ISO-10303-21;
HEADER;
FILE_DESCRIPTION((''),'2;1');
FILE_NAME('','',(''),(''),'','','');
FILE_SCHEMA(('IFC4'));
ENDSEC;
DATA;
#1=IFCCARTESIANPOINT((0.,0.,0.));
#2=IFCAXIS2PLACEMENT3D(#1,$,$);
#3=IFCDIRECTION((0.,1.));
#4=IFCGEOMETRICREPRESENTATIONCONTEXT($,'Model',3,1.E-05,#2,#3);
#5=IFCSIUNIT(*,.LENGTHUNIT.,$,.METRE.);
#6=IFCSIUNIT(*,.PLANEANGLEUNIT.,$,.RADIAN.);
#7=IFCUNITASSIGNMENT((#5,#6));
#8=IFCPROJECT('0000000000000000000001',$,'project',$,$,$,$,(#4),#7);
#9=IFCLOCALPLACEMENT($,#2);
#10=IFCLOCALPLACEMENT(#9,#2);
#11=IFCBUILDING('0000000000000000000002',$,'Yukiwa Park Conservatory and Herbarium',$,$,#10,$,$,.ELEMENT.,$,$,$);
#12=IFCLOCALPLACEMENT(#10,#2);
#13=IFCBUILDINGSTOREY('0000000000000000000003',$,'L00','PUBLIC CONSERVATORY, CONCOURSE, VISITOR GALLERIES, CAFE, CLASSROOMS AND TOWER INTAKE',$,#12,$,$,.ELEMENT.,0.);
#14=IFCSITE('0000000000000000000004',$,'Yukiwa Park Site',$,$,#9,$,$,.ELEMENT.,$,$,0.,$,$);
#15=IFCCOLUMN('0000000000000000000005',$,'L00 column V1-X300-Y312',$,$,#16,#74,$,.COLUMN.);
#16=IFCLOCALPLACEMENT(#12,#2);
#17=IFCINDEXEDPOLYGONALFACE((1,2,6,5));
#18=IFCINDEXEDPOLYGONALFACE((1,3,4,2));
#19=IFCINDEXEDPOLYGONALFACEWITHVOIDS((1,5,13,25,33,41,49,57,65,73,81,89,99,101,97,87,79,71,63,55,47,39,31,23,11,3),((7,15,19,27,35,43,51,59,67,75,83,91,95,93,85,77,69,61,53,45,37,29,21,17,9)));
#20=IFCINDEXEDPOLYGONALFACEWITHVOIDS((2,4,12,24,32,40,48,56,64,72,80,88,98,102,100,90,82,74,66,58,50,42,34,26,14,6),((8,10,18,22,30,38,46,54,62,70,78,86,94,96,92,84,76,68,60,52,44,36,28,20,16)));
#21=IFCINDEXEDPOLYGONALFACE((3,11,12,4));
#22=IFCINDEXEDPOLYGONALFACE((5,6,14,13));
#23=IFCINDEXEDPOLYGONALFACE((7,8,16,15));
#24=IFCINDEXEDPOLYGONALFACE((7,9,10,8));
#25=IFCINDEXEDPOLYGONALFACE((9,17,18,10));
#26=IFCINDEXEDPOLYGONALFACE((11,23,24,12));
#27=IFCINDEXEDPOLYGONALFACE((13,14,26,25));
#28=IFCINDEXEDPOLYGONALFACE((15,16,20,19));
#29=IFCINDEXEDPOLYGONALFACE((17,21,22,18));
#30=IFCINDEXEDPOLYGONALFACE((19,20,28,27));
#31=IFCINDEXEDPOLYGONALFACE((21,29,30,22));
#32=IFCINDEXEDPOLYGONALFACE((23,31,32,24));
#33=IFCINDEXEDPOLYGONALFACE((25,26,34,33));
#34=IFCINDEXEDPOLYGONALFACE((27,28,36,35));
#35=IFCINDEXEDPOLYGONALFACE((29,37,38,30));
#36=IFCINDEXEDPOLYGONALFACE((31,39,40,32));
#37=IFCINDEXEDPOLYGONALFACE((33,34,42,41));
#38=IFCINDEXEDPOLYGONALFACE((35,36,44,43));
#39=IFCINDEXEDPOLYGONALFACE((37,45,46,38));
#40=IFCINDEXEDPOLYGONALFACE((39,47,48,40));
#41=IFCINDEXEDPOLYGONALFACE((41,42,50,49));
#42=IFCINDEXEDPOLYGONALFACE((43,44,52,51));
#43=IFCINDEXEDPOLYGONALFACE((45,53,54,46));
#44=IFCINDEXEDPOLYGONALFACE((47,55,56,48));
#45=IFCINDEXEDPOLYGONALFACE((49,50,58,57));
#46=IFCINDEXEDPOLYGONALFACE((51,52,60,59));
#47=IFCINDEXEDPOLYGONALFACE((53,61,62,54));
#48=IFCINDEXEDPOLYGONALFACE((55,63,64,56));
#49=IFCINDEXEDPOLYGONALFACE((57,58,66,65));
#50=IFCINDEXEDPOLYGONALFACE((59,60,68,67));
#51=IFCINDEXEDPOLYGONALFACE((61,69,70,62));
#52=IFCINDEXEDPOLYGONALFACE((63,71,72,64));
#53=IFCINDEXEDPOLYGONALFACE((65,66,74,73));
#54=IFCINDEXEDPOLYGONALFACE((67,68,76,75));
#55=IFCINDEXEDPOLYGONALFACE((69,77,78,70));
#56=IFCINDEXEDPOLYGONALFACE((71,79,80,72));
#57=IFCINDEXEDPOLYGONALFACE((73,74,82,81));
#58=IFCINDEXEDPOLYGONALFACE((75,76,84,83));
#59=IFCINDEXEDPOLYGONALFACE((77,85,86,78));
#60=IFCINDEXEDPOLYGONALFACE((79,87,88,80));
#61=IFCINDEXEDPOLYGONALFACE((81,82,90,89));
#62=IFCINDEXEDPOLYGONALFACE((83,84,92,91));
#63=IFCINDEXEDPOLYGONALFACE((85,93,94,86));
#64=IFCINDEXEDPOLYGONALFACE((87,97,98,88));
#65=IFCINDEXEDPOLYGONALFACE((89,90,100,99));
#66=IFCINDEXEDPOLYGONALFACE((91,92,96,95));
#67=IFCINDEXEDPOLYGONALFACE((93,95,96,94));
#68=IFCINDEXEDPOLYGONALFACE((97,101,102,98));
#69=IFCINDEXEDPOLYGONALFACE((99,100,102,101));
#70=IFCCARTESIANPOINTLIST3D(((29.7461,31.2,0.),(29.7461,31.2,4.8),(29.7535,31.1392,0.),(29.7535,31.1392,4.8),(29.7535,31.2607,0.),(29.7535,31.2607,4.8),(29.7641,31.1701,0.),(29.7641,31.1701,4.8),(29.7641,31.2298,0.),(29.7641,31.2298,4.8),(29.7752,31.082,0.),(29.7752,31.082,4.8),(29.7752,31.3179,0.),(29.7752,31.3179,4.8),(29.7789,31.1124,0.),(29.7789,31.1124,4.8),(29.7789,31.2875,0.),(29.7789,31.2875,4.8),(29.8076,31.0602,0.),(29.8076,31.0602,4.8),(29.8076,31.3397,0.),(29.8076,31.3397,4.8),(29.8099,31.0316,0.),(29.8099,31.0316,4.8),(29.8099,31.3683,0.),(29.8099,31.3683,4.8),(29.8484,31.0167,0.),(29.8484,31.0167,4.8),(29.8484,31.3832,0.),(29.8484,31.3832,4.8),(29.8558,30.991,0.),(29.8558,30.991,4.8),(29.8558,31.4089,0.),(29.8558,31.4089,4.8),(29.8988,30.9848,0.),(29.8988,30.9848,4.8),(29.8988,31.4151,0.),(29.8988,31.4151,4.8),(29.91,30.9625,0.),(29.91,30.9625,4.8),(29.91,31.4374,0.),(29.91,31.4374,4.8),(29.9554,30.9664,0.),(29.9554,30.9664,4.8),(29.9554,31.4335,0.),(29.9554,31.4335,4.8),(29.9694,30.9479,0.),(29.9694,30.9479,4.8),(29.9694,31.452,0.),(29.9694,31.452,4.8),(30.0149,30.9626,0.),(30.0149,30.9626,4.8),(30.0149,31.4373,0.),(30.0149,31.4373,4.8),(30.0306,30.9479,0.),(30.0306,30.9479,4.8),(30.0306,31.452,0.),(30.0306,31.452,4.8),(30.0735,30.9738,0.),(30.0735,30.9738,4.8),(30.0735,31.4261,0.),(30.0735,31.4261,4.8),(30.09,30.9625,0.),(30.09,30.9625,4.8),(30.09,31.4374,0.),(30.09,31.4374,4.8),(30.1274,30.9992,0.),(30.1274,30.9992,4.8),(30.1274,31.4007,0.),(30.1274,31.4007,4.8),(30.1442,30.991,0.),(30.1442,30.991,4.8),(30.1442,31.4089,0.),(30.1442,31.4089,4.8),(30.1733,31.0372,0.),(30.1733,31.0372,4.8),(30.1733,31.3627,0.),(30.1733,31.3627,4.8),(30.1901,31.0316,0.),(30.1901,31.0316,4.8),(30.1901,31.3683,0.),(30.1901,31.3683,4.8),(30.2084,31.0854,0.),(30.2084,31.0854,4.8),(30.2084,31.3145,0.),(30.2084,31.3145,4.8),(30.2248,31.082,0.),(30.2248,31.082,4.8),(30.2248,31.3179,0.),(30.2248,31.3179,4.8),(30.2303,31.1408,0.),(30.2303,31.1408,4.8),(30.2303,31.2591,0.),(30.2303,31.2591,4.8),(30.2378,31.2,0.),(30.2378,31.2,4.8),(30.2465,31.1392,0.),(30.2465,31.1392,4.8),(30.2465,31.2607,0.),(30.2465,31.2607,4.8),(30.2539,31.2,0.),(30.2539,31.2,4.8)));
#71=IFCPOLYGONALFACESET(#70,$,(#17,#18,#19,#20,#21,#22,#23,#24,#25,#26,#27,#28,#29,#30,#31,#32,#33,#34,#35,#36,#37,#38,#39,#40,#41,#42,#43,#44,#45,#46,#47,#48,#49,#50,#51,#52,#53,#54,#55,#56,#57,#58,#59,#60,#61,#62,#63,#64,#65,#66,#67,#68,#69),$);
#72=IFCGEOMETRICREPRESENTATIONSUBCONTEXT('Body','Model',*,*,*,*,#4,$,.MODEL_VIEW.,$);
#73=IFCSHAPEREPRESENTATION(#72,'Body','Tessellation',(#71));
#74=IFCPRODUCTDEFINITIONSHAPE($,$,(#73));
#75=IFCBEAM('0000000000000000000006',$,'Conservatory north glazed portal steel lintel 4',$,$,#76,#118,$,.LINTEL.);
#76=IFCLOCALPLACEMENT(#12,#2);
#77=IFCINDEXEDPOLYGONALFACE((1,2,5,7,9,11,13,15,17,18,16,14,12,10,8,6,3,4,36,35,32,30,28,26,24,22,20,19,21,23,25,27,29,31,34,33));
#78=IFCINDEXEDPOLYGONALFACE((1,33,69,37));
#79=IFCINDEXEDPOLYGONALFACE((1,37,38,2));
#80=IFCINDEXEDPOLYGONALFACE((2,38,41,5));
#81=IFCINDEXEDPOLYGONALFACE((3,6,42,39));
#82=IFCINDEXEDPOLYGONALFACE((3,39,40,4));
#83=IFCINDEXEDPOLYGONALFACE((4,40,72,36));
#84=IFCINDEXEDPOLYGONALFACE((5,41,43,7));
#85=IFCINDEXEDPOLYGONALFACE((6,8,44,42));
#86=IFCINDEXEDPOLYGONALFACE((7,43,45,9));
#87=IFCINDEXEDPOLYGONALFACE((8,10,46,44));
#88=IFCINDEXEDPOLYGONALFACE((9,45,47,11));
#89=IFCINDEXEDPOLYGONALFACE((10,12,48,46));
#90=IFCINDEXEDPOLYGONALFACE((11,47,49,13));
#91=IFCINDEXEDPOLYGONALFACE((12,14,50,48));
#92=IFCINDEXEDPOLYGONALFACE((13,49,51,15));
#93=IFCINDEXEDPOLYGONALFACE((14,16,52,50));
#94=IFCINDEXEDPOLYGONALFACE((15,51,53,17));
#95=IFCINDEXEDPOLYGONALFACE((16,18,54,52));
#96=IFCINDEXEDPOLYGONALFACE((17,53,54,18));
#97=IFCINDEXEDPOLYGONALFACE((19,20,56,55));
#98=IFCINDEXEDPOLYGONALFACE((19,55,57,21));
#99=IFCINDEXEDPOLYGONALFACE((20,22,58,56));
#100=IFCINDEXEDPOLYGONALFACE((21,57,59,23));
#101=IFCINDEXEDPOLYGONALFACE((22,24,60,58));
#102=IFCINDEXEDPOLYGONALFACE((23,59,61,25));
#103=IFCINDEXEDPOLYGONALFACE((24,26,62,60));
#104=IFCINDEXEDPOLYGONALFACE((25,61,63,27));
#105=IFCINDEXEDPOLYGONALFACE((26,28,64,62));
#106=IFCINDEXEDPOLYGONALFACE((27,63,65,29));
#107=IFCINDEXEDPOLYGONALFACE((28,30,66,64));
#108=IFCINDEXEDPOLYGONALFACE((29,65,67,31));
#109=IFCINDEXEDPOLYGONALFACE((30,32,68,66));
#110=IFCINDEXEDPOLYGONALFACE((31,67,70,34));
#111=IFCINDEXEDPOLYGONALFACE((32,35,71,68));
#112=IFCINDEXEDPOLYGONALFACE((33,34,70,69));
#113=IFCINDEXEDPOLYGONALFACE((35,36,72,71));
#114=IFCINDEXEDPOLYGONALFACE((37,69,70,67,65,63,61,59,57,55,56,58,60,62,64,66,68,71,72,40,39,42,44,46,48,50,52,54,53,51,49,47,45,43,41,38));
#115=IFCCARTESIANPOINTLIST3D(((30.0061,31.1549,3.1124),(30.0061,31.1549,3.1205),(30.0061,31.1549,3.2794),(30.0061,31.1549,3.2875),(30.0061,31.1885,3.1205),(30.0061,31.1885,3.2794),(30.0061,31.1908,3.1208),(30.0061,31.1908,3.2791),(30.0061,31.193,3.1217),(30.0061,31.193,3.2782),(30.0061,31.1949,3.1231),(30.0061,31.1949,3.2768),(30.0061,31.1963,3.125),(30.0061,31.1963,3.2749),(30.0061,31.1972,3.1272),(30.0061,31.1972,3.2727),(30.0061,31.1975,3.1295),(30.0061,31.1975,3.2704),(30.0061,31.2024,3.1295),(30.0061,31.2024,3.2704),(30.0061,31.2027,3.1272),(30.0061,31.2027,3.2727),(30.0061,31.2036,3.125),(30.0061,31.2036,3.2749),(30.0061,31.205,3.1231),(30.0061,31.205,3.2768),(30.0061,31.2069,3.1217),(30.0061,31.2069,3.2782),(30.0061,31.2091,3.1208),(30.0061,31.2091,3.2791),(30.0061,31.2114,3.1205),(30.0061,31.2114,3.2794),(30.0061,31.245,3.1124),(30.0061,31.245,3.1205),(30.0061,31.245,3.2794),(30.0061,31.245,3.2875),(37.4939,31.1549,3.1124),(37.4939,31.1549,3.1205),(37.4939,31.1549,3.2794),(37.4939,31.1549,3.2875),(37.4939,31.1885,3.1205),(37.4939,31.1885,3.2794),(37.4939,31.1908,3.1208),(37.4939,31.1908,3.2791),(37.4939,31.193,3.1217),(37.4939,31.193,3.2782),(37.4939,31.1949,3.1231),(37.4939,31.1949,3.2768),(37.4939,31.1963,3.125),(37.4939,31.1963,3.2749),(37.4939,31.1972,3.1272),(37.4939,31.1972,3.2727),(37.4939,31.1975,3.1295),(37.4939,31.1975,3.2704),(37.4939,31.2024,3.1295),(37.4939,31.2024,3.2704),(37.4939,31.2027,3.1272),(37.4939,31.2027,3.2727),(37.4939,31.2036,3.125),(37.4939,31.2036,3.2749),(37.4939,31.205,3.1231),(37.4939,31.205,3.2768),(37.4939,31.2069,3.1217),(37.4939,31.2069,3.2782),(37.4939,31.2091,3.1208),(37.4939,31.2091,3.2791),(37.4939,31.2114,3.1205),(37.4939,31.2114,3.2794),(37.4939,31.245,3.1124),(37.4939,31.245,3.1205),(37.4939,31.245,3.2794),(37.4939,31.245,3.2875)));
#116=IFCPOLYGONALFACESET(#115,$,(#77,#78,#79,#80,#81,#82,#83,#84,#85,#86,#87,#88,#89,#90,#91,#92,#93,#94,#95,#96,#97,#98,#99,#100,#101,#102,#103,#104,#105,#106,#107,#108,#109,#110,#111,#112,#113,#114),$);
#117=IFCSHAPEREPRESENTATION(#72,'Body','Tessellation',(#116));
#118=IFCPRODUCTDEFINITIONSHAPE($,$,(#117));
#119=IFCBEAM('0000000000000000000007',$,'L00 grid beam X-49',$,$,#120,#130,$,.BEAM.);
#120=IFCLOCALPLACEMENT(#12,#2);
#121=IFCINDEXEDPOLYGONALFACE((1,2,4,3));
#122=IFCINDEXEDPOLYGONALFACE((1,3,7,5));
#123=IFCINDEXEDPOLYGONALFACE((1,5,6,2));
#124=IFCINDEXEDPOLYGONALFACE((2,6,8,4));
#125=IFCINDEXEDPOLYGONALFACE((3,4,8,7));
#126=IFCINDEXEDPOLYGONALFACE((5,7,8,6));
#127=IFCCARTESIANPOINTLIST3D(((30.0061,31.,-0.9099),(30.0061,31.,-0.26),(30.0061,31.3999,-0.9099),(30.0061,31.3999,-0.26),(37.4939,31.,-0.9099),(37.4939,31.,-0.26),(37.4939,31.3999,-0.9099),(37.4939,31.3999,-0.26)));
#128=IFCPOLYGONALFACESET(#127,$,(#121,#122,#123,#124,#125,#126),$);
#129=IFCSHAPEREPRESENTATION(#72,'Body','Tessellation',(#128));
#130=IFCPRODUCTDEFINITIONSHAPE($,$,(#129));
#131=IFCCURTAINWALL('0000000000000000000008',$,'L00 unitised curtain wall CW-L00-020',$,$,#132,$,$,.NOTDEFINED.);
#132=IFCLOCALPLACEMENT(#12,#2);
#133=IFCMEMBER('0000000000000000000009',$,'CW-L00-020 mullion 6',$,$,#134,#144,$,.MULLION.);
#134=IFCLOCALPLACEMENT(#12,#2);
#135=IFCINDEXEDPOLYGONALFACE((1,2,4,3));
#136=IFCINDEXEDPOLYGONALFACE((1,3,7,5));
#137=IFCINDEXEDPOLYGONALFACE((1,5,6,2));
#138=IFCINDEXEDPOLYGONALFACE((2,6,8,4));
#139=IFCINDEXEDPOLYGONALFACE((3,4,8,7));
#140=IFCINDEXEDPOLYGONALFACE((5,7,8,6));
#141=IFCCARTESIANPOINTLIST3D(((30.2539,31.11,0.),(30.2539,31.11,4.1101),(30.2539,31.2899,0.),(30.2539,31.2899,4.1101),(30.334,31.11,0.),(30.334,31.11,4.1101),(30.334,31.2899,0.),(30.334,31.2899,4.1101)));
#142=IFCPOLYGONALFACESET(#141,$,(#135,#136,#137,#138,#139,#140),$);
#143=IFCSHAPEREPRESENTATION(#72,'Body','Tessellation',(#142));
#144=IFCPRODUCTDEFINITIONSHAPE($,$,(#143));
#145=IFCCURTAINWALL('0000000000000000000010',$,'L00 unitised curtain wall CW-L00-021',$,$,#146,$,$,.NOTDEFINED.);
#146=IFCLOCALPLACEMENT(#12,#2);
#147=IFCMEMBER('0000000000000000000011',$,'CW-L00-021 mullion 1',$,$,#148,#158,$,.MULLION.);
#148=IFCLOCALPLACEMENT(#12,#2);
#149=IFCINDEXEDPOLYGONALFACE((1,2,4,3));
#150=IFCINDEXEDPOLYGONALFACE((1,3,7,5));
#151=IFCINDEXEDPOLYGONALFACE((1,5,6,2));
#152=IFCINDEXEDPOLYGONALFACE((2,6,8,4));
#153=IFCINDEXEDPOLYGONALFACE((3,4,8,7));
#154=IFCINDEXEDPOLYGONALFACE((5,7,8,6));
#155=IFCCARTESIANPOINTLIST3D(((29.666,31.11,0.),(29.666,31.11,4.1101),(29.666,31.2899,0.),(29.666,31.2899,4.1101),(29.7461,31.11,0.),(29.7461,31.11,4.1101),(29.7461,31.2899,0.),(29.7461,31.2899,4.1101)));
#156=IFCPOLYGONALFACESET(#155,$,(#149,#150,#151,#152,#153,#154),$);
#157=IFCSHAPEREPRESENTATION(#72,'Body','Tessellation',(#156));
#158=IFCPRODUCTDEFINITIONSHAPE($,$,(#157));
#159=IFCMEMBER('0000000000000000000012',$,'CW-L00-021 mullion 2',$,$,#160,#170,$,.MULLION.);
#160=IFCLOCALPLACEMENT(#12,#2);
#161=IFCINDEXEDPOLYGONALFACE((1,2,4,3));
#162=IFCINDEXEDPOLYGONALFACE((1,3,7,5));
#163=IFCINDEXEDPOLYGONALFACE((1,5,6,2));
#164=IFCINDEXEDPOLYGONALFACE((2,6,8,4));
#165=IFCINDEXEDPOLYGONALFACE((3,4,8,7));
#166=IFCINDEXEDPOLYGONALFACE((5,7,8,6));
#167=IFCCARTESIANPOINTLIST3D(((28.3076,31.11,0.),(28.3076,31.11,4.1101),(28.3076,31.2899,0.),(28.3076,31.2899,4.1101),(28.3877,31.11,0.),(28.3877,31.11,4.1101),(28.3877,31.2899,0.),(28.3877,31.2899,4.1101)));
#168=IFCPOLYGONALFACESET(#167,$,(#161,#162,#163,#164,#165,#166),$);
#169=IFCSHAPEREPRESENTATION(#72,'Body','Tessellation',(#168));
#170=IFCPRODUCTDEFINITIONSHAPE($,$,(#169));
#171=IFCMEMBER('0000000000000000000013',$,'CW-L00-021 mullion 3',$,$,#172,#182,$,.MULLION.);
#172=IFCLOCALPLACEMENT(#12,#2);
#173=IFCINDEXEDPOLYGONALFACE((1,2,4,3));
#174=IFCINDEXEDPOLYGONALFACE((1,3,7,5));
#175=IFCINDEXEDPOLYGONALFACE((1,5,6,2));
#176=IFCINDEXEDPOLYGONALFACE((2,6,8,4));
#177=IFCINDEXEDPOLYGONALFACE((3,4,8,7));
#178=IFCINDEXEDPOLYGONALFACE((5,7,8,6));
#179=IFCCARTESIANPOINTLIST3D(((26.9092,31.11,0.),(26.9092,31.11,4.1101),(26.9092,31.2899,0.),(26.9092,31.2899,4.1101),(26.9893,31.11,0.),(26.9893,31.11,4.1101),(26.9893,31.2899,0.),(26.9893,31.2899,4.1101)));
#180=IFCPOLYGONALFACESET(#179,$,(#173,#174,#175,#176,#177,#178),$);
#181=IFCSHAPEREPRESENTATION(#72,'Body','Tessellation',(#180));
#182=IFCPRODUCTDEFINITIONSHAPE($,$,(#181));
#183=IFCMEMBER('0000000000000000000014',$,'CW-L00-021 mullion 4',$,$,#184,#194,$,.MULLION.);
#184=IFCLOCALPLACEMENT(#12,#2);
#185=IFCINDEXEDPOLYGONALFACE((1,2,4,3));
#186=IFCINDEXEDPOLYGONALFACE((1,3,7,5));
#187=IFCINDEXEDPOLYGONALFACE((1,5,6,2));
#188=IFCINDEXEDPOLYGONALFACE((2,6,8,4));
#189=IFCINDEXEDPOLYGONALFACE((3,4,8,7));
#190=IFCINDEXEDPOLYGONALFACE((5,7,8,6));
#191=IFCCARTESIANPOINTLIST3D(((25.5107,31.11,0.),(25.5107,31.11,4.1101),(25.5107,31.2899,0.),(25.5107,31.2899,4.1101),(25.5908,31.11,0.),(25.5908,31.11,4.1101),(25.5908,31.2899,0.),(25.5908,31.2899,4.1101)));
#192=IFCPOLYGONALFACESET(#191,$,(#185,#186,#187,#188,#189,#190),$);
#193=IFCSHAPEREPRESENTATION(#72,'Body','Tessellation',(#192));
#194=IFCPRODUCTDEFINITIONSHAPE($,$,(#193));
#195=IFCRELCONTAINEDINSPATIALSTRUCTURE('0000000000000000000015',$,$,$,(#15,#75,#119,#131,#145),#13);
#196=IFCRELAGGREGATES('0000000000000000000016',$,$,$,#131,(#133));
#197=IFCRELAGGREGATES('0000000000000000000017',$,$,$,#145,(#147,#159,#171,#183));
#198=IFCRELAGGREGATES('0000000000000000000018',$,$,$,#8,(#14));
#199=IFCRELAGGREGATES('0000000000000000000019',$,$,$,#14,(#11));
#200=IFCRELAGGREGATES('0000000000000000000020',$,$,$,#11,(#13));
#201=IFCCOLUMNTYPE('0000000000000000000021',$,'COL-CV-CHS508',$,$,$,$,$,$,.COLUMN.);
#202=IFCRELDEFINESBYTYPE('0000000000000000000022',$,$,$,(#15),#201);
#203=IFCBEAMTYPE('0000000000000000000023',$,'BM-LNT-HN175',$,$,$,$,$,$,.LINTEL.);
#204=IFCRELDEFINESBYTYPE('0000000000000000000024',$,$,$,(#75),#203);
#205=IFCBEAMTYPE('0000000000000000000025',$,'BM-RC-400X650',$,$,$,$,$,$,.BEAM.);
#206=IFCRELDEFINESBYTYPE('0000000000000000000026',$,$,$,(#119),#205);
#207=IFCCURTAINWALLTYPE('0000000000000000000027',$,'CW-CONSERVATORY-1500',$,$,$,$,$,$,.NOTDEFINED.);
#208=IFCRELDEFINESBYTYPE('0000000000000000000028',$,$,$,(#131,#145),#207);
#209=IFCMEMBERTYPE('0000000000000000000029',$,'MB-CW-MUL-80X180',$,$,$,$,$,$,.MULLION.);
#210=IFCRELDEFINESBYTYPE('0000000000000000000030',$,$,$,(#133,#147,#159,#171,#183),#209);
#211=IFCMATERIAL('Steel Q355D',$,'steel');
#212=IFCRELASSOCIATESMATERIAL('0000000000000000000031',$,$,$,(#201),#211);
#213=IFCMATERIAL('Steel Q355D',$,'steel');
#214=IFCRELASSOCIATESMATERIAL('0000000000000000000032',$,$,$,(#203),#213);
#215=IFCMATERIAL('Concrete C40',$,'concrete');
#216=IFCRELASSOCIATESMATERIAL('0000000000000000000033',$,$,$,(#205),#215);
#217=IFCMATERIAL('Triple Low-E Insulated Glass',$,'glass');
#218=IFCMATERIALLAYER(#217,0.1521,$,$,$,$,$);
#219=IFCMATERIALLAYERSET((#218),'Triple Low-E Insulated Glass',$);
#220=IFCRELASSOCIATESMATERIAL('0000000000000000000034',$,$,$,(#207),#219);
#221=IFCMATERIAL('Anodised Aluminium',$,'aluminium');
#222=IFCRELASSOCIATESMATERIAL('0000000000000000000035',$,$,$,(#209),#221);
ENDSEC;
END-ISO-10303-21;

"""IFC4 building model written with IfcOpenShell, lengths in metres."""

from ifc_helpers import new_model, si_unit, direction, frame, origin, origin_2d, place, context, subcontext, project, spatial, rectangle, hollow_circle, i_section, extrude, material, layer, layer_set, material_profile, profile_set, type_object, element, aggregate, save


model = new_model("IFC4")

# Units and contexts
model_context = context("Model", 3, precision=1e-05, world=origin(), true_north=direction((0.0, 1.0)))
body_context = subcontext(model_context, "Body", "Model", "MODEL_VIEW")
ifc_project = project(units=[si_unit("LENGTHUNIT", "METRE"), si_unit("PLANEANGLEUNIT", "RADIAN")], contexts=[model_context])

# Site, building, storey
site_placement = place(None, origin())
site = spatial("IfcSite", under=ifc_project, at=site_placement, Name="Yukiwa Park Site", CompositionType="ELEMENT", RefElevation=0.0)
building_placement = place(site_placement, origin())
building = spatial("IfcBuilding", under=site, at=building_placement, Name="Yukiwa Park Conservatory and Herbarium", CompositionType="ELEMENT")
storey_placement = place(building_placement, origin())
storey = spatial("IfcBuildingStorey", under=building, at=storey_placement, Name="L00", Description="PUBLIC CONSERVATORY, CONCOURSE, VISITOR GALLERIES, CAFE, CLASSROOMS AND TOWER INTAKE", CompositionType="ELEMENT", Elevation=0.0)

# Column
ifc_material_1 = material(Name="Steel Q355D", Category="steel")
ifc_material_profile_1 = material_profile(ifc_material_1, hollow_circle(Radius=0.2539, WallThickness=0.0161, at=origin_2d()), Name="CHS 508x16")
ifc_profile_set_1 = profile_set([ifc_material_profile_1], Name="Steel Q355D")
column_type = type_object("IfcColumnType", Name="COL-CV-CHS508", PredefinedType="COLUMN", material=ifc_profile_set_1)
column_placement = place(storey_placement, frame((30.0, 31.2, 0.0), z_axis=(0.0, 0.0, 1.0), x_axis=(1.0, 0.0, 0.0)))
element("IfcColumn", 1, at=column_placement, inside=storey, type_object=column_type, Name="L00 column V1-X300-Y312", PredefinedType="COLUMN", context=body_context, shape_type="SweptSolid", body=[
    extrude(hollow_circle(Radius=0.2539, WallThickness=0.0161, at=origin_2d()), origin(), (0.0, 0.0, 1.0), 4.8),
])

# Beams
ifc_material_2 = material(Name="Steel Q355D", Category="steel")
ifc_material_profile_2 = material_profile(ifc_material_2, i_section(OverallWidth=0.0901, OverallDepth=0.175, WebThickness=0.0049, FlangeThickness=0.0081, FilletRadius=0.009, at=origin_2d()), Name="HN 175x90x5x8")
ifc_profile_set_2 = profile_set([ifc_material_profile_2], Name="Steel Q355D")
beam_type_1 = type_object("IfcBeamType", Name="BM-LNT-HN175", PredefinedType="LINTEL", material=ifc_profile_set_2)
beam_1_placement = place(storey_placement, frame((30.0061, 31.2, 3.2), z_axis=(1.0, 0.0, 0.0), x_axis=(0.0, 1.0, 0.0)))
element("IfcBeam", 2, at=beam_1_placement, inside=storey, type_object=beam_type_1, Name="Conservatory north glazed portal steel lintel 4", PredefinedType="LINTEL", context=body_context, shape_type="SweptSolid", body=[
    extrude(i_section(OverallWidth=0.0901, OverallDepth=0.175, WebThickness=0.0049, FlangeThickness=0.0081, FilletRadius=0.009, at=origin_2d()), origin(), (0.0, 0.0, 1.0), 7.4878),
])
ifc_material_3 = material(Name="Concrete C40", Category="concrete")
ifc_material_profile_3 = material_profile(ifc_material_3, rectangle(XDim=0.3999, YDim=0.6499, at=origin_2d()), Name="RC 400x650")
ifc_profile_set_3 = profile_set([ifc_material_profile_3], Name="Concrete C40")
beam_type_2 = type_object("IfcBeamType", Name="BM-RC-400X650", PredefinedType="BEAM", material=ifc_profile_set_3)
beam_2_placement = place(storey_placement, frame((30.0061, 31.2, -0.585), z_axis=(1.0, 0.0, 0.0), x_axis=(0.0, 1.0, 0.0)))
element("IfcBeam", 3, at=beam_2_placement, inside=storey, type_object=beam_type_2, Name="L00 grid beam X-49", PredefinedType="BEAM", context=body_context, shape_type="SweptSolid", body=[
    extrude(rectangle(XDim=0.3999, YDim=0.6499, at=origin_2d()), origin(), (0.0, 0.0, 1.0), 7.4878),
])

# Curtain wall, member
ifc_material_4 = material(Name="Triple Low-E Insulated Glass", Category="glass")
ifc_layer_1 = layer(ifc_material_4, 0.1521)
ifc_layer_set_1 = layer_set([ifc_layer_1], Name="Triple Low-E Insulated Glass")
curtain_wall_type = type_object("IfcCurtainWallType", Name="CW-CONSERVATORY-1500", PredefinedType="NOTDEFINED", material=ifc_layer_set_1)
curtain_wall_1_placement = place(storey_placement, origin())
curtain_wall_1 = element("IfcCurtainWall", 4, at=curtain_wall_1_placement, inside=storey, type_object=curtain_wall_type, Name="L00 unitised curtain wall CW-L00-020", PredefinedType="NOTDEFINED")
ifc_material_5 = material(Name="Anodised Aluminium", Category="aluminium")
member_type_1 = type_object("IfcMemberType", Name="MB-CW-MUL-80X180", PredefinedType="MULLION", material=ifc_material_5)
member_1_placement = place(storey_placement, frame((30.2939, 31.2, 0.0), z_axis=(0.0, 0.0, 1.0), x_axis=(-1.0, 0.0, 0.0)))
member_1 = element("IfcMember", 5, at=member_1_placement, type_object=member_type_1, Name="CW-L00-020 mullion 6", PredefinedType="MULLION", context=body_context, shape_type="SweptSolid", body=[
    extrude(rectangle(XDim=0.0801, YDim=0.1799, at=origin_2d()), origin(), (0.0, 0.0, 1.0), 4.1101),
])

# Curtain wall, members
curtain_wall_2_placement = place(storey_placement, origin())
curtain_wall_2 = element("IfcCurtainWall", 6, at=curtain_wall_2_placement, inside=storey, type_object=curtain_wall_type, Name="L00 unitised curtain wall CW-L00-021", PredefinedType="NOTDEFINED")
member_2_placement = place(storey_placement, frame((29.7061, 31.2, 0.0), z_axis=(0.0, 0.0, 1.0), x_axis=(-1.0, 0.0, 0.0)))
member_2 = element("IfcMember", 7, at=member_2_placement, type_object=member_type_1, Name="CW-L00-021 mullion 1", PredefinedType="MULLION", context=body_context, shape_type="SweptSolid", body=[
    extrude(rectangle(XDim=0.0801, YDim=0.1799, at=origin_2d()), origin(), (0.0, 0.0, 1.0), 4.1101),
])
member_3_placement = place(storey_placement, frame((28.3477, 31.2, 0.0), z_axis=(0.0, 0.0, 1.0), x_axis=(-1.0, 0.0, 0.0)))
member_3 = element("IfcMember", 8, at=member_3_placement, type_object=member_type_1, Name="CW-L00-021 mullion 2", PredefinedType="MULLION", context=body_context, shape_type="SweptSolid", body=[
    extrude(rectangle(XDim=0.0801, YDim=0.1799, at=origin_2d()), origin(), (0.0, 0.0, 1.0), 4.1101),
])
member_4_placement = place(storey_placement, frame((26.9492, 31.2, 0.0), z_axis=(0.0, 0.0, 1.0), x_axis=(-1.0, 0.0, 0.0)))
member_4 = element("IfcMember", 9, at=member_4_placement, type_object=member_type_1, Name="CW-L00-021 mullion 3", PredefinedType="MULLION", context=body_context, shape_type="SweptSolid", body=[
    extrude(rectangle(XDim=0.0801, YDim=0.1799, at=origin_2d()), origin(), (0.0, 0.0, 1.0), 4.1101),
])
member_5_placement = place(storey_placement, frame((25.5508, 31.2, 0.0), z_axis=(0.0, 0.0, 1.0), x_axis=(-1.0, 0.0, 0.0)))
member_5 = element("IfcMember", 10, at=member_5_placement, type_object=member_type_1, Name="CW-L00-021 mullion 4", PredefinedType="MULLION", context=body_context, shape_type="SweptSolid", body=[
    extrude(rectangle(XDim=0.0801, YDim=0.1799, at=origin_2d()), origin(), (0.0, 0.0, 1.0), 4.1101),
])

aggregate(curtain_wall_1, [member_1])

aggregate(curtain_wall_2, [member_2, member_3, member_4, member_5])

save(model, "model.ifc")
